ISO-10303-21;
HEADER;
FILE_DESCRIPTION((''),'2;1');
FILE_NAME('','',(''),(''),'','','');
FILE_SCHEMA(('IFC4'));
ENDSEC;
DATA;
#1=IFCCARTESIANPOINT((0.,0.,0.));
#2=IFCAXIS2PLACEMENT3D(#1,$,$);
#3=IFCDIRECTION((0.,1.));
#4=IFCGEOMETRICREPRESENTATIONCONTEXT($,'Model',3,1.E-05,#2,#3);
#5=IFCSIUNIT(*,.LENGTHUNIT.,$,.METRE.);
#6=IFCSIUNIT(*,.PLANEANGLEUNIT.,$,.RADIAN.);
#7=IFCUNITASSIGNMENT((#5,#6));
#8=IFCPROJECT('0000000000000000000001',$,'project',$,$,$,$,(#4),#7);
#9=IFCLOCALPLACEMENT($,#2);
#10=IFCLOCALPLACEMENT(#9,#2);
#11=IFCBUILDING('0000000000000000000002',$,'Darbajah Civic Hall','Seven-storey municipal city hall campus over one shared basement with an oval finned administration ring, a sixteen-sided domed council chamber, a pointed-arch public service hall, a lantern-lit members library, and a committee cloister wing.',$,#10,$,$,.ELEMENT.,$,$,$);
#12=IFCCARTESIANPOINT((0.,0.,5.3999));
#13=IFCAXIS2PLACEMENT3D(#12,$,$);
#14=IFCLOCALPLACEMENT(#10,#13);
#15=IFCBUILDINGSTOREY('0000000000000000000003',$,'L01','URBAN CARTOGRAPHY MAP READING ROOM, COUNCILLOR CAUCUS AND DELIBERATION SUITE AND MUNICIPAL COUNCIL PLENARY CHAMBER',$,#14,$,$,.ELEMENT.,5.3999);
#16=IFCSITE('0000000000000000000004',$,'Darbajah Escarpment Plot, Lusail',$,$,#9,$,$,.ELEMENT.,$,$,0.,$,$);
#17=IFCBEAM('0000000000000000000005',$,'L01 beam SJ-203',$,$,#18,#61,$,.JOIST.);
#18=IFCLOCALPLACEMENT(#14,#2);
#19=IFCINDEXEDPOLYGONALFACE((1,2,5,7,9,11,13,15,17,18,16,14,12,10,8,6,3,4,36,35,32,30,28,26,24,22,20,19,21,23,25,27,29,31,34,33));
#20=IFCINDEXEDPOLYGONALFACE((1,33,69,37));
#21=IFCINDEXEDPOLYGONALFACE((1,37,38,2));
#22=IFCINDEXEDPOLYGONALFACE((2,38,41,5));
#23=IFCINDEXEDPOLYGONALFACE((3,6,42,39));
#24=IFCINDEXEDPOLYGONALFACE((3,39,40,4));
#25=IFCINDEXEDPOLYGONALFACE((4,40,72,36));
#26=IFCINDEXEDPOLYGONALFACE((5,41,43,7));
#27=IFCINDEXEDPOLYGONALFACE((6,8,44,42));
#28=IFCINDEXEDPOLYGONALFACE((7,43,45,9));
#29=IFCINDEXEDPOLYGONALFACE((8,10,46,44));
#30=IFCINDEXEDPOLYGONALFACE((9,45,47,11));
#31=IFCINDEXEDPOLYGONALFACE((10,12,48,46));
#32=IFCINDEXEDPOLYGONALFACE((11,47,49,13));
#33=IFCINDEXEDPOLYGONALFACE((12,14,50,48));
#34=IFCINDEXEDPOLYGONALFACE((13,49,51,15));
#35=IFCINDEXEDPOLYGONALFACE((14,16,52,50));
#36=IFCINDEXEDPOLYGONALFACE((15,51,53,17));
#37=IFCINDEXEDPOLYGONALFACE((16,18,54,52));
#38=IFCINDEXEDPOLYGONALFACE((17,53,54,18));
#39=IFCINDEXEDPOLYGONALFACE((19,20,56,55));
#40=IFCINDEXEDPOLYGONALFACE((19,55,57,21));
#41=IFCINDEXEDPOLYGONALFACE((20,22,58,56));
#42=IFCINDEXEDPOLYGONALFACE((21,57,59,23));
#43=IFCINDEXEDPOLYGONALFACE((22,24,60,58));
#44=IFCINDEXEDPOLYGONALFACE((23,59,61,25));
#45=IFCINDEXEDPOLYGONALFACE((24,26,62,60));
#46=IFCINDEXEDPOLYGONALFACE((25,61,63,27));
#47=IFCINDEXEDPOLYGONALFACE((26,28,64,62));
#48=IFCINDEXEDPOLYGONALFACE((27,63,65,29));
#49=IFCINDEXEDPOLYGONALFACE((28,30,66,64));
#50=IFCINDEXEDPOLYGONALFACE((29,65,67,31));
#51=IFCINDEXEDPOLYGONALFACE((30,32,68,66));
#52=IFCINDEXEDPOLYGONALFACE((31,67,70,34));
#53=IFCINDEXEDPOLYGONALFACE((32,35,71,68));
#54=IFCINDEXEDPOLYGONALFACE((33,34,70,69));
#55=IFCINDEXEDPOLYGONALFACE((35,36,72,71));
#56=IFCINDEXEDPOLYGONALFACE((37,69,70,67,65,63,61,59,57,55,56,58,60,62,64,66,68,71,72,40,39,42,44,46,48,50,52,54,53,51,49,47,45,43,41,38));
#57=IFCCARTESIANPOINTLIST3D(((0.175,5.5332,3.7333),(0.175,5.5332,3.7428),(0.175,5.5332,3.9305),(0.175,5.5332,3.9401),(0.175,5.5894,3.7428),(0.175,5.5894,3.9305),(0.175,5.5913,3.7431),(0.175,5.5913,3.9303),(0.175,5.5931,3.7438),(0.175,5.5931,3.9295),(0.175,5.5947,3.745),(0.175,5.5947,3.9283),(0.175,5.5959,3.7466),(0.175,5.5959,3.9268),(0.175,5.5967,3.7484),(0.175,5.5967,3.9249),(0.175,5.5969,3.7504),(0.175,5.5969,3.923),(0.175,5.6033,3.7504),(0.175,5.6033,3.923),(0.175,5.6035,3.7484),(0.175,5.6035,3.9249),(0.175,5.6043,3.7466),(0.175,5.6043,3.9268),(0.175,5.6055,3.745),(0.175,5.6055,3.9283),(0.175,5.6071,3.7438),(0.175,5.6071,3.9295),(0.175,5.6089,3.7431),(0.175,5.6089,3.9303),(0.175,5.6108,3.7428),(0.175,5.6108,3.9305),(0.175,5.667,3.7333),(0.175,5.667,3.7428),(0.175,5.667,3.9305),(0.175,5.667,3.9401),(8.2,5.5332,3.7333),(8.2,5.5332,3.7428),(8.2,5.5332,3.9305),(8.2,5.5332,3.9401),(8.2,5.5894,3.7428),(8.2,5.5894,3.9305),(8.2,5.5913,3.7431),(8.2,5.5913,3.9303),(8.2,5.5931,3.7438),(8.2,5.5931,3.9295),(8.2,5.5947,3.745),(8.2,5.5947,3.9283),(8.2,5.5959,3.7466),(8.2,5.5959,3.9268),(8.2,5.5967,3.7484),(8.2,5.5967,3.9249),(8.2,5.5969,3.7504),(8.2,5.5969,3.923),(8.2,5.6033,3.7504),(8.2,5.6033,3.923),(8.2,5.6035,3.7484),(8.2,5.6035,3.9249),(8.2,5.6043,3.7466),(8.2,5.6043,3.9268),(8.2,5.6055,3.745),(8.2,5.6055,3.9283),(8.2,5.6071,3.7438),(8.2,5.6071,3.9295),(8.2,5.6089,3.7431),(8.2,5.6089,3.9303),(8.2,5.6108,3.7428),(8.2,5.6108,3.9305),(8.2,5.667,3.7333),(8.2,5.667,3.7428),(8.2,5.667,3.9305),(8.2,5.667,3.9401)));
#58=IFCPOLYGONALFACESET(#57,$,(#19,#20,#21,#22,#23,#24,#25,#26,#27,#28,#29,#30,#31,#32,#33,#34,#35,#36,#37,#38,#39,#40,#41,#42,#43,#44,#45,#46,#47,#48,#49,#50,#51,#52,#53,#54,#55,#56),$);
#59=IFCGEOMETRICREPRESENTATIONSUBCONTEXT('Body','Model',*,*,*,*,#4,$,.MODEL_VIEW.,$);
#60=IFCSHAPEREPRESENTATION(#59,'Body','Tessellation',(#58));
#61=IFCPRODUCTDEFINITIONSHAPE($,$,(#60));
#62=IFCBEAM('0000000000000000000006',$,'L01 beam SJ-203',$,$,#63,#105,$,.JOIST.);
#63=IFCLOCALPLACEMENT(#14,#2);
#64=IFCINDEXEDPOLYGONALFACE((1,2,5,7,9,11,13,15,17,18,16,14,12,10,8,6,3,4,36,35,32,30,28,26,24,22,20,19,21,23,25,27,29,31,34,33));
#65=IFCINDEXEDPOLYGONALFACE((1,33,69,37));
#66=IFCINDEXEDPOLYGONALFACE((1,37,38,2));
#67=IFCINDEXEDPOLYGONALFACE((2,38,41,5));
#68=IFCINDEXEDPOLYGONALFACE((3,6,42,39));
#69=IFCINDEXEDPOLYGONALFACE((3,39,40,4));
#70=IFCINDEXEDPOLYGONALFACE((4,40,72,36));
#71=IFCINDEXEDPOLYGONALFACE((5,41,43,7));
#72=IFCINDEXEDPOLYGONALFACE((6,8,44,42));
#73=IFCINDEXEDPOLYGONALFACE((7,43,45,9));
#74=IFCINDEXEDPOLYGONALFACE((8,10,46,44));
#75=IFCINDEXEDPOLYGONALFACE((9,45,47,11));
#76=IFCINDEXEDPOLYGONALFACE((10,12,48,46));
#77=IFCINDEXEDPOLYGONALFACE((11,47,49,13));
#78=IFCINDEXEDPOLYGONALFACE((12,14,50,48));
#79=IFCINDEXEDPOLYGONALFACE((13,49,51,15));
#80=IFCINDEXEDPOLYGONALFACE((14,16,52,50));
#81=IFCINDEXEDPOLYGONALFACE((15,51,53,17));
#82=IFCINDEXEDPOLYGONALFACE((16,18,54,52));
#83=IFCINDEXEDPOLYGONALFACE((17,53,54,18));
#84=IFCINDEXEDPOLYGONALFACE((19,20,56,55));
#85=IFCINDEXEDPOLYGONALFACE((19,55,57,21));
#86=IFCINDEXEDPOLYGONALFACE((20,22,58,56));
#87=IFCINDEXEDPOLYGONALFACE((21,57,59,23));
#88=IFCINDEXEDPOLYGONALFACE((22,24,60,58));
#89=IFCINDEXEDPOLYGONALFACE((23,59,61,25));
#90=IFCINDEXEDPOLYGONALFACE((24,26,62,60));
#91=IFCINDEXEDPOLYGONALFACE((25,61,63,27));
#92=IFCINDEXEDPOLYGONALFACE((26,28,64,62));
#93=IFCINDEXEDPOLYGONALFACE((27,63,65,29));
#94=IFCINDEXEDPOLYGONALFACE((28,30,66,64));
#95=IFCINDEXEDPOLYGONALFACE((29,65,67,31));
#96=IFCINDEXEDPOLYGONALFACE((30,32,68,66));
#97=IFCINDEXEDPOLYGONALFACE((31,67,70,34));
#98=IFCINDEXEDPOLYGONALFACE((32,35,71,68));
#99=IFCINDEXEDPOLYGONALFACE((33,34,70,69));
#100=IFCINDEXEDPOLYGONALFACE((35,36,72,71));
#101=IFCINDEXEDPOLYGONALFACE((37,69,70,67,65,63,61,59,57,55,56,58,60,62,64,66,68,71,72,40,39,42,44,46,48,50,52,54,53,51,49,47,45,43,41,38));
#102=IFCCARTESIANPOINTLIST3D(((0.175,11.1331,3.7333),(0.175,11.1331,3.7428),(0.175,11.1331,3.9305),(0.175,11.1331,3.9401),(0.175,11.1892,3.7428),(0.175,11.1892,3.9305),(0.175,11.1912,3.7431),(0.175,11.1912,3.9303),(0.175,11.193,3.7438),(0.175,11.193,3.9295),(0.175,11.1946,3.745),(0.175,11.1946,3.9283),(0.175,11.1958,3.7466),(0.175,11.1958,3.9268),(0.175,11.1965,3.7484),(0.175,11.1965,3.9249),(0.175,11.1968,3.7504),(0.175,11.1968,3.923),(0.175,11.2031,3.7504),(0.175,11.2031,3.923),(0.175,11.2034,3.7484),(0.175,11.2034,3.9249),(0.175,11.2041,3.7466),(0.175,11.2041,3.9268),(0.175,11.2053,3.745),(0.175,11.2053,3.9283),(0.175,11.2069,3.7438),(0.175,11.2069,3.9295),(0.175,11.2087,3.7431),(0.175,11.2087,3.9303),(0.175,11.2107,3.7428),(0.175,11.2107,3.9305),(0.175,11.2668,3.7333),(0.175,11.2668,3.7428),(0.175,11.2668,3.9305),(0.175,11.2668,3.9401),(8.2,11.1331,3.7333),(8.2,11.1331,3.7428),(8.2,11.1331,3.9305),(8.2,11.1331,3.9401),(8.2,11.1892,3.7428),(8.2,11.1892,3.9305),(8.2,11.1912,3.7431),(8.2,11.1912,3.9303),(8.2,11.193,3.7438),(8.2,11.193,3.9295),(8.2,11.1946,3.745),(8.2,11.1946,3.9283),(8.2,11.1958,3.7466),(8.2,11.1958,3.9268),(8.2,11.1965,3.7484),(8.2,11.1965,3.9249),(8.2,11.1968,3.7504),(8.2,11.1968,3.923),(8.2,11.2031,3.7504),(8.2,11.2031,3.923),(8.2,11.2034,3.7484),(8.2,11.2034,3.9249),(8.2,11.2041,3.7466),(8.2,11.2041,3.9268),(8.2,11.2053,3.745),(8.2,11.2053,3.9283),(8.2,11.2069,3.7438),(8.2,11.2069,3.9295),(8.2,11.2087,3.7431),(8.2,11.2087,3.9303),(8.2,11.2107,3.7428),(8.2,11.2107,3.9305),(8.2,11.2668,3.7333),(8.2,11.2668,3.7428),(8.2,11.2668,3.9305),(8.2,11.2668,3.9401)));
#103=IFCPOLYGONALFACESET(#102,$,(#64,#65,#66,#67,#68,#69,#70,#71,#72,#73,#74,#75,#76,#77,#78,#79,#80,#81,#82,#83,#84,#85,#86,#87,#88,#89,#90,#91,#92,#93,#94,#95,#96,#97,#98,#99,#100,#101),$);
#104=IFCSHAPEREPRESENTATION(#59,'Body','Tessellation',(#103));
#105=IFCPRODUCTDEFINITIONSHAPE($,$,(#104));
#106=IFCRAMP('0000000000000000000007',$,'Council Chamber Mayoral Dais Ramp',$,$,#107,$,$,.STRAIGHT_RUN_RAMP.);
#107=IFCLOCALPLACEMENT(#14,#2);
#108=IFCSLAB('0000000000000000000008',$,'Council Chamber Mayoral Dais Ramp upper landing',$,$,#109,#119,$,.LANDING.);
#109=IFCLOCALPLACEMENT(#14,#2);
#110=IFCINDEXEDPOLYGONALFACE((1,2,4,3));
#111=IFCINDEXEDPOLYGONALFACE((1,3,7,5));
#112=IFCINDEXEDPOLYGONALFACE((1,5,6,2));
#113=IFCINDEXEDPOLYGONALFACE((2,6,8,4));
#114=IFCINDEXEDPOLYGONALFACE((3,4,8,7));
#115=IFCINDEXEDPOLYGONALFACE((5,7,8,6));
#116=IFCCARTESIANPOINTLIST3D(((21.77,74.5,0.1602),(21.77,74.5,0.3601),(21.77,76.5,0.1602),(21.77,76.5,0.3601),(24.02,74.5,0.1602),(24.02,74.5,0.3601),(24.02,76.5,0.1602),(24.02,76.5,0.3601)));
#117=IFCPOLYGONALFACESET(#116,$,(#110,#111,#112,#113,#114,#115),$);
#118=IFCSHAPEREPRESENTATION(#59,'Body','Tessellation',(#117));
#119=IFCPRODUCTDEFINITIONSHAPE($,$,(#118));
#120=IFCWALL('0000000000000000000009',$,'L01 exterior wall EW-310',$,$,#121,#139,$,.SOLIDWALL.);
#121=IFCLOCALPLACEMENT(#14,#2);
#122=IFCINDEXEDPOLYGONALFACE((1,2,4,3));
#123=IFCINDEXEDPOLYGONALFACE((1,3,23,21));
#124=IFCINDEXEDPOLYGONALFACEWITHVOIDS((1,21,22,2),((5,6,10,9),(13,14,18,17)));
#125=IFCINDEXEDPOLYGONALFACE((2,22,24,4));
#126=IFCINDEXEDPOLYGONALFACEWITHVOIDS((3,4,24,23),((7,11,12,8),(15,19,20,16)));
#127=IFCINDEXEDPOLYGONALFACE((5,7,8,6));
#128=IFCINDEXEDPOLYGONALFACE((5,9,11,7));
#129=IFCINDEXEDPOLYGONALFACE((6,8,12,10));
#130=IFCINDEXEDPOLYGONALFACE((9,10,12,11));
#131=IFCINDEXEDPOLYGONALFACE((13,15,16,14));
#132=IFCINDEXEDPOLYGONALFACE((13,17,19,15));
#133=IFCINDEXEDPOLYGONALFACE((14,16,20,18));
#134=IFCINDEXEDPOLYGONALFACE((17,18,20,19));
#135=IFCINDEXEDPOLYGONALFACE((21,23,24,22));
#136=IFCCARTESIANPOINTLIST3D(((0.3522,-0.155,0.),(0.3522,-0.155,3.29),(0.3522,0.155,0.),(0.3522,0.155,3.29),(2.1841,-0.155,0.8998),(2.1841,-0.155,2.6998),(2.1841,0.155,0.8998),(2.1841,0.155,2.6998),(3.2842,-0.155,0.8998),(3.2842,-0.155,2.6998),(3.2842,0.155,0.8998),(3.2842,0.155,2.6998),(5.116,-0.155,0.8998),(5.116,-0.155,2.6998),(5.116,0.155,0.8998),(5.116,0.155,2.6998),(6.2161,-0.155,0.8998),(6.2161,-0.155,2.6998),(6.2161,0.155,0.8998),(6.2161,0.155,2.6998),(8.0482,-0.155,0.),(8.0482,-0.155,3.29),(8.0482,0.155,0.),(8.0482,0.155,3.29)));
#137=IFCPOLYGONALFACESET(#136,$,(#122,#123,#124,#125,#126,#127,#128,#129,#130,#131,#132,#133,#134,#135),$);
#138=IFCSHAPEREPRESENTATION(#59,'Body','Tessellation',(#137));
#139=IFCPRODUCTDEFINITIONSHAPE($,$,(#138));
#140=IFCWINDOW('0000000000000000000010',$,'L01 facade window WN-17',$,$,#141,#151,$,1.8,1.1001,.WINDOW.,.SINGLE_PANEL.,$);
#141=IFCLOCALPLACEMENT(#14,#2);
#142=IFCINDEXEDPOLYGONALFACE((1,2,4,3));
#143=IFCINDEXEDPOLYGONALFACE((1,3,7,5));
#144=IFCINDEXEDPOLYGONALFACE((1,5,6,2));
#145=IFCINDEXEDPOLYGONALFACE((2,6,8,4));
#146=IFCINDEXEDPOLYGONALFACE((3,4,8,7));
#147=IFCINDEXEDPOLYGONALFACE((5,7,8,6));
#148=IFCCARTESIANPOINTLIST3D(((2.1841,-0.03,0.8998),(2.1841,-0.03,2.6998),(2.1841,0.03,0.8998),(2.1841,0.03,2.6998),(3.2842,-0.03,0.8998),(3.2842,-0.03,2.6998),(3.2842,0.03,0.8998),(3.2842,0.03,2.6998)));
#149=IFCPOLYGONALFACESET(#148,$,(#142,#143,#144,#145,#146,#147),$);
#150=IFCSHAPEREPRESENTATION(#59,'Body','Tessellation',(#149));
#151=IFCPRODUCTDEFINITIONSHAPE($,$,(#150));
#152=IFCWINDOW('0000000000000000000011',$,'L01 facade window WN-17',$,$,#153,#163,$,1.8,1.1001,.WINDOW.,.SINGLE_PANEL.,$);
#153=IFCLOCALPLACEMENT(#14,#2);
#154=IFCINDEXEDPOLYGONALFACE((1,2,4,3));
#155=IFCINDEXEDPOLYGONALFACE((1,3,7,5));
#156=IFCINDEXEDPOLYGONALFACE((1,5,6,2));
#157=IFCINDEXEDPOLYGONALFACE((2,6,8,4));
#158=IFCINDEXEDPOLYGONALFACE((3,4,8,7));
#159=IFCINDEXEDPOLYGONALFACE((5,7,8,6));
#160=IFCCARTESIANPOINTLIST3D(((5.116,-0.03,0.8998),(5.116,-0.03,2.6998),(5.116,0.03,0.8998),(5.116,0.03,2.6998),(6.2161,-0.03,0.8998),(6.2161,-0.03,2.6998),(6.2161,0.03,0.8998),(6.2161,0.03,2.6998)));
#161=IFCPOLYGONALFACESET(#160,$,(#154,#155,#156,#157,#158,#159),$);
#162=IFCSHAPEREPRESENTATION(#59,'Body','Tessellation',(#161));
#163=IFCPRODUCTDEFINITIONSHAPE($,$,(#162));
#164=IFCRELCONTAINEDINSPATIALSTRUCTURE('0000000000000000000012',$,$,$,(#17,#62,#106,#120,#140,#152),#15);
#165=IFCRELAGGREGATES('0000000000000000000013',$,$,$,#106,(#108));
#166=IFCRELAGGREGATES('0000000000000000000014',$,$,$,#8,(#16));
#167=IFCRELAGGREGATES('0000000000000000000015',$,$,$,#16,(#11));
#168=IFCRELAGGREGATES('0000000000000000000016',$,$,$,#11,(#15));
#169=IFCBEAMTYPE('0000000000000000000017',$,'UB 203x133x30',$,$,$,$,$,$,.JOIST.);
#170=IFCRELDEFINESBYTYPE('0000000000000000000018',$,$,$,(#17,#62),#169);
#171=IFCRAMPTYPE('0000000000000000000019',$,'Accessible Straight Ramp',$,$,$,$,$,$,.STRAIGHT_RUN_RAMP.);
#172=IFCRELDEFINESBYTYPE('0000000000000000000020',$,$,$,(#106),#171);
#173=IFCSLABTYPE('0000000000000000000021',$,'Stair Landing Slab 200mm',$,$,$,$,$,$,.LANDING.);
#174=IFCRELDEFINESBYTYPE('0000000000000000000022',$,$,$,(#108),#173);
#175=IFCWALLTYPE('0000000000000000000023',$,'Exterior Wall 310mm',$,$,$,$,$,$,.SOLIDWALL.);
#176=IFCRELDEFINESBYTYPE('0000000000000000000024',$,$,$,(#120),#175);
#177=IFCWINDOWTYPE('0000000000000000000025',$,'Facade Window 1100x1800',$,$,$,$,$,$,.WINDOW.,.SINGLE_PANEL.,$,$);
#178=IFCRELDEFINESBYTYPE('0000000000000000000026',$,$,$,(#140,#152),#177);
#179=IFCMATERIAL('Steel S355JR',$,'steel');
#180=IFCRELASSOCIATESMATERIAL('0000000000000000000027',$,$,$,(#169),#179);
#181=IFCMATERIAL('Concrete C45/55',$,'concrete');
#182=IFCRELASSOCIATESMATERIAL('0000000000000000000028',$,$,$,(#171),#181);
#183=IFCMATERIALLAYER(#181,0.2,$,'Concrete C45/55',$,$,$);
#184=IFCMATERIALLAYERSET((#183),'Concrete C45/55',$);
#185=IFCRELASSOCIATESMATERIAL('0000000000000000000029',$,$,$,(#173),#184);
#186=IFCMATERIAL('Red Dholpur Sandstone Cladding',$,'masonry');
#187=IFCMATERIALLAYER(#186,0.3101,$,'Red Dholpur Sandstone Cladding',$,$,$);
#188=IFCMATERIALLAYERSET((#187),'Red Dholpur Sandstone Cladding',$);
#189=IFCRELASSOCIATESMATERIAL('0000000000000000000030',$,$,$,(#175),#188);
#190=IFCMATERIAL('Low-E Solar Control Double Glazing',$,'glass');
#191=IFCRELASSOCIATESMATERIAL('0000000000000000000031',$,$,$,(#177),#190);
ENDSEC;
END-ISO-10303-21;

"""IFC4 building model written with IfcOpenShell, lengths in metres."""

from ifc_helpers import new_model, si_unit, direction, frame, frame_2d, origin, origin_2d, place, context, subcontext, project, spatial, polyline, rectangle, i_section, outline, extrude, material, layer, layer_set, material_profile, profile_set, type_object, element, fill, aggregate, save


model = new_model("IFC4")

# Units and contexts
model_context = context("Model", 3, precision=1e-05, world=origin(), true_north=direction((0.0, 1.0)))
body_context = subcontext(model_context, "Body", "Model", "MODEL_VIEW")
ifc_project = project(units=[si_unit("LENGTHUNIT", "METRE"), si_unit("PLANEANGLEUNIT", "RADIAN")], contexts=[model_context])

# Site, building, storey
site_placement = place(None, origin())
site = spatial("IfcSite", under=ifc_project, at=site_placement, Name="Darbajah Escarpment Plot, Lusail", CompositionType="ELEMENT", RefElevation=0.0)
building_placement = place(site_placement, origin())
building = spatial("IfcBuilding", under=site, at=building_placement, Name="Darbajah Civic Hall", Description="Seven-storey municipal city hall campus over one shared basement with an oval finned administration ring, a sixteen-sided domed council chamber, a pointed-arch public service hall, a lantern-lit members library, and a committee cloister wing.", CompositionType="ELEMENT")
storey_placement = place(building_placement, frame((0.0, 0.0, 5.3999)))
storey = spatial("IfcBuildingStorey", under=building, at=storey_placement, Name="L01", Description="URBAN CARTOGRAPHY MAP READING ROOM, COUNCILLOR CAUCUS AND DELIBERATION SUITE AND MUNICIPAL COUNCIL PLENARY CHAMBER", CompositionType="ELEMENT", Elevation=5.3999)

# Shared definitions
ifc_material_1 = material(Name="Concrete C45/55", Category="concrete")

# Beams
ifc_material_2 = material(Name="Steel S355JR", Category="steel")
ifc_material_profile_1 = material_profile(ifc_material_2, i_section(OverallWidth=0.1338, OverallDepth=0.2068, WebThickness=0.0063, FlangeThickness=0.0095, FilletRadius=0.0076, at=origin_2d()), Name="UB 203x133x30")
ifc_profile_set_1 = profile_set([ifc_material_profile_1], Name="Steel S355JR")
beam_type_1 = type_object("IfcBeamType", Name="UB 203x133x30", PredefinedType="JOIST", material=ifc_profile_set_1)
for number, where, z_axis, x_axis, name in (
    (1, (0.175, 5.6001, 3.8367), (1.0, 0.0, 0.0), (0.0, 1.0, 0.0), "L01 beam SJ-203"),
    (2, (0.175, 11.2, 3.8367), (1.0, 0.0, 0.0), (0.0, 1.0, 0.0), "L01 beam SJ-203"),
):
    element("IfcBeam", number, at=place(storey_placement, frame(where, z_axis=z_axis, x_axis=x_axis)), inside=storey, type_object=beam_type_1, Name=name, PredefinedType="JOIST", context=body_context, shape_type="SweptSolid", body=[
        extrude(i_section(OverallWidth=0.1338, OverallDepth=0.2068, WebThickness=0.0063, FlangeThickness=0.0095, FilletRadius=0.0076, at=origin_2d()), origin(), (0.0, 0.0, 1.0), 8.0249),
    ])

# Ramp, slab
ramp_type = type_object("IfcRampType", Name="Accessible Straight Ramp", PredefinedType="STRAIGHT_RUN_RAMP", material=ifc_material_1)
ramp_placement = place(storey_placement, origin())
ramp = element("IfcRamp", 3, at=ramp_placement, inside=storey, type_object=ramp_type, Name="Council Chamber Mayoral Dais Ramp", PredefinedType="STRAIGHT_RUN_RAMP")
ifc_layer_1 = layer(ifc_material_1, 0.2, Name="Concrete C45/55")
ifc_layer_set_1 = layer_set([ifc_layer_1], Name="Concrete C45/55")
slab_type = type_object("IfcSlabType", Name="Stair Landing Slab 200mm", PredefinedType="LANDING", material=ifc_layer_set_1)
slab_placement = place(storey_placement, frame((0.0, 0.0, 0.1602)))
slab = element("IfcSlab", 4, at=slab_placement, type_object=slab_type, Name="Council Chamber Mayoral Dais Ramp upper landing", PredefinedType="LANDING", context=body_context, shape_type="SweptSolid", body=[
    extrude(outline(polyline([(21.77, 74.5), (24.02, 74.5), (24.02, 76.5), (21.77, 76.5), (21.77, 74.5)])), origin(), (0.0, 0.0, 1.0), 0.2),
])
aggregate(ramp, [slab])

# Wall, openings, windows
ifc_material_3 = material(Name="Red Dholpur Sandstone Cladding", Category="masonry")
ifc_layer_2 = layer(ifc_material_3, 0.3101, Name="Red Dholpur Sandstone Cladding")
ifc_layer_set_2 = layer_set([ifc_layer_2], Name="Red Dholpur Sandstone Cladding")
wall_type = type_object("IfcWallType", Name="Exterior Wall 310mm", PredefinedType="SOLIDWALL", material=ifc_layer_set_2)
wall_1_placement = place(storey_placement, frame((0.3521, 0.0, 0.0), z_axis=(0.0, 0.0, 1.0), x_axis=(1.0, 0.0, 0.0)))
wall_1 = element("IfcWall", 5, at=wall_1_placement, inside=storey, type_object=wall_type, Name="L01 exterior wall EW-310", PredefinedType="SOLIDWALL", context=body_context, shape_type="SweptSolid", body=[
    extrude(rectangle(XDim=7.696, YDim=0.3101, at=frame_2d((3.8481, 0.0))), origin(), (0.0, 0.0, 1.0), 3.29),
])
opening_1_placement = place(wall_1_placement, frame((1.832, 0.0, 0.8999)))
opening_1 = element("IfcOpeningElement", 6, at=opening_1_placement, cuts=wall_1, PredefinedType="OPENING", context=body_context, shape_type="SweptSolid", body=[
    extrude(rectangle(XDim=1.1001, YDim=1.8, at=frame_2d((0.55, 0.8999))), frame((0.0, 0.165, 0.0), z_axis=(0.0, -1.0, 0.0), x_axis=(1.0, 0.0, 0.0)), (0.0, 0.0, 1.0), 0.3301),
])
opening_2_placement = place(wall_1_placement, frame((4.7639, 0.0, 0.8999)))
opening_2 = element("IfcOpeningElement", 7, at=opening_2_placement, cuts=wall_1, PredefinedType="OPENING", context=body_context, shape_type="SweptSolid", body=[
    extrude(rectangle(XDim=1.1001, YDim=1.8, at=frame_2d((0.55, 0.8999))), frame((0.0, 0.165, 0.0), z_axis=(0.0, -1.0, 0.0), x_axis=(1.0, 0.0, 0.0)), (0.0, 0.0, 1.0), 0.3301),
])
ifc_material_4 = material(Name="Low-E Solar Control Double Glazing", Category="glass")
window_type = type_object("IfcWindowType", Name="Facade Window 1100x1800", PartitioningType="SINGLE_PANEL", PredefinedType="WINDOW", material=ifc_material_4)
window_1_placement = place(opening_1_placement, origin())
window_1 = element("IfcWindow", 8, at=window_1_placement, inside=storey, type_object=window_type, Name="L01 facade window WN-17", OverallHeight=1.8, OverallWidth=1.1001, PartitioningType="SINGLE_PANEL", PredefinedType="WINDOW", context=body_context, shape_type="SweptSolid", body=[
    extrude(rectangle(XDim=1.1001, YDim=1.8, at=frame_2d((0.55, 0.8999))), frame((0.0, 0.03, 0.0), z_axis=(0.0, -1.0, 0.0), x_axis=(1.0, 0.0, 0.0)), (0.0, 0.0, 1.0), 0.0601),
])
fill(opening_1, window_1)
window_2_placement = place(opening_2_placement, origin())
window_2 = element("IfcWindow", 9, at=window_2_placement, inside=storey, type_object=window_type, Name="L01 facade window WN-17", OverallHeight=1.8, OverallWidth=1.1001, PartitioningType="SINGLE_PANEL", PredefinedType="WINDOW", context=body_context, shape_type="SweptSolid", body=[
    extrude(rectangle(XDim=1.1001, YDim=1.8, at=frame_2d((0.55, 0.8999))), frame((0.0, 0.03, 0.0), z_axis=(0.0, -1.0, 0.0), x_axis=(1.0, 0.0, 0.0)), (0.0, 0.0, 1.0), 0.0601),
])
fill(opening_2, window_2)

save(model, "model.ifc")
